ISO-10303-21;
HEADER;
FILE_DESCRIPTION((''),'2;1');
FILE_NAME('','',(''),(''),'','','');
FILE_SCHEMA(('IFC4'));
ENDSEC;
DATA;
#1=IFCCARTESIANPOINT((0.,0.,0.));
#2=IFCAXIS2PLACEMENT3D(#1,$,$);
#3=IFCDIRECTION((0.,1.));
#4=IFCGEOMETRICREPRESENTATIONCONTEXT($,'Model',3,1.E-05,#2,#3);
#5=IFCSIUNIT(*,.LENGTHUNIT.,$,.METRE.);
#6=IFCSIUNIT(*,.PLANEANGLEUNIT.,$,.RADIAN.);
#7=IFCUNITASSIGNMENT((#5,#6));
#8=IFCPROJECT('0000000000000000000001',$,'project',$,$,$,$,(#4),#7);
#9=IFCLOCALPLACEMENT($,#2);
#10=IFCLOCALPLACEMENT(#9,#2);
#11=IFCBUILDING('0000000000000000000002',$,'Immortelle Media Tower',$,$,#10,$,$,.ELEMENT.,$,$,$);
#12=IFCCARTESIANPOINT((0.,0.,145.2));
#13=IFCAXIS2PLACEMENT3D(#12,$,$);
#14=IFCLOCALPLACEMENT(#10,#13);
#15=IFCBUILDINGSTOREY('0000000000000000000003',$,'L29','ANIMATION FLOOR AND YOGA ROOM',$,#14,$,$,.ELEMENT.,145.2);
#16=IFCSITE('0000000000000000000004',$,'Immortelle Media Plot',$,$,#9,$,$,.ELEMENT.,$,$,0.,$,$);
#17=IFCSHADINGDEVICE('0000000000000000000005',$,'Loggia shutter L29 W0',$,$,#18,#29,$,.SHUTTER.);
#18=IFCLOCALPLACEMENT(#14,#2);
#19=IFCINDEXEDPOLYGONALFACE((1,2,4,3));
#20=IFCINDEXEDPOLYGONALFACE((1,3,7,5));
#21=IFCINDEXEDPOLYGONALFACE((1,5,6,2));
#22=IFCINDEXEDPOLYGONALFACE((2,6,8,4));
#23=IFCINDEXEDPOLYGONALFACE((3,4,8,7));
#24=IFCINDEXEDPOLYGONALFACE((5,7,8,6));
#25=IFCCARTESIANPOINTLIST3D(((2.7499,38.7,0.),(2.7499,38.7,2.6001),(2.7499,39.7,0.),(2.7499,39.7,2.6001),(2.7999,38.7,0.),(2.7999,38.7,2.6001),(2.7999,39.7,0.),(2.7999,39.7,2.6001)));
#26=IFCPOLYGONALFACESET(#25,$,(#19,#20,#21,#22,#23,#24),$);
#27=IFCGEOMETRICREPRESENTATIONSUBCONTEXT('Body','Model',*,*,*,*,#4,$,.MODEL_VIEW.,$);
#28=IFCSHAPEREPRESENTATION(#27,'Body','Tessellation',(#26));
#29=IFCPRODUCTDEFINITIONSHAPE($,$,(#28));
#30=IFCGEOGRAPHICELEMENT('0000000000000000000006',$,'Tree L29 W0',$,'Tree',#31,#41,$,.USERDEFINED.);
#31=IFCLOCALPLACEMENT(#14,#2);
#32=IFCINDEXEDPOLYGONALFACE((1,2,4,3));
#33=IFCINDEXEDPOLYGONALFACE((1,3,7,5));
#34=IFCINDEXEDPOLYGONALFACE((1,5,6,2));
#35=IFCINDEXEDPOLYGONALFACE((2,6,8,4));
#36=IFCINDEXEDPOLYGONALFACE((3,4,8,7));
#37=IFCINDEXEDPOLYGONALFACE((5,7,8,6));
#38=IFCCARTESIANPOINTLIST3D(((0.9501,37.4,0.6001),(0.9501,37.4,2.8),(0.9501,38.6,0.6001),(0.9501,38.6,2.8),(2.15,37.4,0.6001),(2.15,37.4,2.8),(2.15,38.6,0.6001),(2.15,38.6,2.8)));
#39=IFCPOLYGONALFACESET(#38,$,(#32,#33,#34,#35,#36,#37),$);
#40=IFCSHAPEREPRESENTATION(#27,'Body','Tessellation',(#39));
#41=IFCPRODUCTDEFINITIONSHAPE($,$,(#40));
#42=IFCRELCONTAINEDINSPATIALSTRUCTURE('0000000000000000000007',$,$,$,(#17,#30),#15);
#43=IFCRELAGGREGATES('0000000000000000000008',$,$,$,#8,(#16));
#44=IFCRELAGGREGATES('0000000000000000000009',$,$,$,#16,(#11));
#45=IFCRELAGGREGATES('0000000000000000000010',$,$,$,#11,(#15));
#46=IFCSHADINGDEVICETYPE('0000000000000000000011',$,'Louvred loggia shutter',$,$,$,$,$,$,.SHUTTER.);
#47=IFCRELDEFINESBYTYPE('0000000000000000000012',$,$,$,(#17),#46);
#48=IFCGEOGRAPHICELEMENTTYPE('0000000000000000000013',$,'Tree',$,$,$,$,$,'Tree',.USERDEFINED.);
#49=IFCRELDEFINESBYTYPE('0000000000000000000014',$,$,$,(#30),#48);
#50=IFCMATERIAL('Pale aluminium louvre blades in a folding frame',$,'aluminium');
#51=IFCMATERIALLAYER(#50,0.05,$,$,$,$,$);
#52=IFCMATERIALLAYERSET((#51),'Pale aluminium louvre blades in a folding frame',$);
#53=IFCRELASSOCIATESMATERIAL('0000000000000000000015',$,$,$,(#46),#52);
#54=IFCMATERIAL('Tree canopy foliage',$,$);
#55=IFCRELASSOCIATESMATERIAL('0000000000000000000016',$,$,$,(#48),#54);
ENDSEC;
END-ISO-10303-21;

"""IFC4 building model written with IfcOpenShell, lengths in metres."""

from ifc_helpers import new_model, si_unit, direction, frame, origin, origin_2d, place, context, subcontext, project, spatial, rectangle, extrude, material, layer, layer_set, type_object, element, save


model = new_model("IFC4")

# Units and contexts
model_context = context("Model", 3, precision=1e-05, world=origin(), true_north=direction((0.0, 1.0)))
body_context = subcontext(model_context, "Body", "Model", "MODEL_VIEW")
ifc_project = project(units=[si_unit("LENGTHUNIT", "METRE"), si_unit("PLANEANGLEUNIT", "RADIAN")], contexts=[model_context])

# Site, building, storey
site_placement = place(None, origin())
site = spatial("IfcSite", under=ifc_project, at=site_placement, Name="Immortelle Media Plot", CompositionType="ELEMENT", RefElevation=0.0)
building_placement = place(site_placement, origin())
building = spatial("IfcBuilding", under=site, at=building_placement, Name="Immortelle Media Tower", CompositionType="ELEMENT")
storey_placement = place(building_placement, frame((0.0, 0.0, 145.2)))
storey = spatial("IfcBuildingStorey", under=building, at=storey_placement, Name="L29", Description="ANIMATION FLOOR AND YOGA ROOM", CompositionType="ELEMENT", Elevation=145.2)

# Shading device
ifc_material_1 = material(Name="Pale aluminium louvre blades in a folding frame", Category="aluminium")
ifc_layer_1 = layer(ifc_material_1, 0.05)
ifc_layer_set_1 = layer_set([ifc_layer_1], Name="Pale aluminium louvre blades in a folding frame")
shading_device_type_1 = type_object("IfcShadingDeviceType", Name="Louvred loggia shutter", PredefinedType="SHUTTER", material=ifc_layer_set_1)
shading_device_1_placement = place(storey_placement, frame((2.7749, 39.2, 0.0), z_axis=(0.0, 0.0, 1.0), x_axis=(0.0, -1.0, 0.0)))
element("IfcShadingDevice", 1, at=shading_device_1_placement, inside=storey, type_object=shading_device_type_1, Name="Loggia shutter L29 W0", PredefinedType="SHUTTER", context=body_context, shape_type="SweptSolid", body=[
    extrude(rectangle(XDim=1.0, YDim=0.05, at=origin_2d()), origin(), (0.0, 0.0, 1.0), 2.6001),
])

# Geographic element
ifc_material_2 = material(Name="Tree canopy foliage")
geographic_element_type = type_object("IfcGeographicElementType", Name="Tree", ElementType="Tree", PredefinedType="USERDEFINED", material=ifc_material_2)
geographic_element_placement = place(storey_placement, frame((1.55, 38.0, 0.6001), z_axis=(0.0, 0.0, 1.0), x_axis=(1.0, 0.0, 0.0)))
element("IfcGeographicElement", 2, at=geographic_element_placement, inside=storey, type_object=geographic_element_type, Name="Tree L29 W0", ObjectType="Tree", PredefinedType="USERDEFINED", context=body_context, shape_type="SweptSolid", body=[
    extrude(rectangle(XDim=1.2, YDim=1.2, at=origin_2d()), origin(), (0.0, 0.0, 1.0), 2.2),
])

save(model, "model.ifc")
